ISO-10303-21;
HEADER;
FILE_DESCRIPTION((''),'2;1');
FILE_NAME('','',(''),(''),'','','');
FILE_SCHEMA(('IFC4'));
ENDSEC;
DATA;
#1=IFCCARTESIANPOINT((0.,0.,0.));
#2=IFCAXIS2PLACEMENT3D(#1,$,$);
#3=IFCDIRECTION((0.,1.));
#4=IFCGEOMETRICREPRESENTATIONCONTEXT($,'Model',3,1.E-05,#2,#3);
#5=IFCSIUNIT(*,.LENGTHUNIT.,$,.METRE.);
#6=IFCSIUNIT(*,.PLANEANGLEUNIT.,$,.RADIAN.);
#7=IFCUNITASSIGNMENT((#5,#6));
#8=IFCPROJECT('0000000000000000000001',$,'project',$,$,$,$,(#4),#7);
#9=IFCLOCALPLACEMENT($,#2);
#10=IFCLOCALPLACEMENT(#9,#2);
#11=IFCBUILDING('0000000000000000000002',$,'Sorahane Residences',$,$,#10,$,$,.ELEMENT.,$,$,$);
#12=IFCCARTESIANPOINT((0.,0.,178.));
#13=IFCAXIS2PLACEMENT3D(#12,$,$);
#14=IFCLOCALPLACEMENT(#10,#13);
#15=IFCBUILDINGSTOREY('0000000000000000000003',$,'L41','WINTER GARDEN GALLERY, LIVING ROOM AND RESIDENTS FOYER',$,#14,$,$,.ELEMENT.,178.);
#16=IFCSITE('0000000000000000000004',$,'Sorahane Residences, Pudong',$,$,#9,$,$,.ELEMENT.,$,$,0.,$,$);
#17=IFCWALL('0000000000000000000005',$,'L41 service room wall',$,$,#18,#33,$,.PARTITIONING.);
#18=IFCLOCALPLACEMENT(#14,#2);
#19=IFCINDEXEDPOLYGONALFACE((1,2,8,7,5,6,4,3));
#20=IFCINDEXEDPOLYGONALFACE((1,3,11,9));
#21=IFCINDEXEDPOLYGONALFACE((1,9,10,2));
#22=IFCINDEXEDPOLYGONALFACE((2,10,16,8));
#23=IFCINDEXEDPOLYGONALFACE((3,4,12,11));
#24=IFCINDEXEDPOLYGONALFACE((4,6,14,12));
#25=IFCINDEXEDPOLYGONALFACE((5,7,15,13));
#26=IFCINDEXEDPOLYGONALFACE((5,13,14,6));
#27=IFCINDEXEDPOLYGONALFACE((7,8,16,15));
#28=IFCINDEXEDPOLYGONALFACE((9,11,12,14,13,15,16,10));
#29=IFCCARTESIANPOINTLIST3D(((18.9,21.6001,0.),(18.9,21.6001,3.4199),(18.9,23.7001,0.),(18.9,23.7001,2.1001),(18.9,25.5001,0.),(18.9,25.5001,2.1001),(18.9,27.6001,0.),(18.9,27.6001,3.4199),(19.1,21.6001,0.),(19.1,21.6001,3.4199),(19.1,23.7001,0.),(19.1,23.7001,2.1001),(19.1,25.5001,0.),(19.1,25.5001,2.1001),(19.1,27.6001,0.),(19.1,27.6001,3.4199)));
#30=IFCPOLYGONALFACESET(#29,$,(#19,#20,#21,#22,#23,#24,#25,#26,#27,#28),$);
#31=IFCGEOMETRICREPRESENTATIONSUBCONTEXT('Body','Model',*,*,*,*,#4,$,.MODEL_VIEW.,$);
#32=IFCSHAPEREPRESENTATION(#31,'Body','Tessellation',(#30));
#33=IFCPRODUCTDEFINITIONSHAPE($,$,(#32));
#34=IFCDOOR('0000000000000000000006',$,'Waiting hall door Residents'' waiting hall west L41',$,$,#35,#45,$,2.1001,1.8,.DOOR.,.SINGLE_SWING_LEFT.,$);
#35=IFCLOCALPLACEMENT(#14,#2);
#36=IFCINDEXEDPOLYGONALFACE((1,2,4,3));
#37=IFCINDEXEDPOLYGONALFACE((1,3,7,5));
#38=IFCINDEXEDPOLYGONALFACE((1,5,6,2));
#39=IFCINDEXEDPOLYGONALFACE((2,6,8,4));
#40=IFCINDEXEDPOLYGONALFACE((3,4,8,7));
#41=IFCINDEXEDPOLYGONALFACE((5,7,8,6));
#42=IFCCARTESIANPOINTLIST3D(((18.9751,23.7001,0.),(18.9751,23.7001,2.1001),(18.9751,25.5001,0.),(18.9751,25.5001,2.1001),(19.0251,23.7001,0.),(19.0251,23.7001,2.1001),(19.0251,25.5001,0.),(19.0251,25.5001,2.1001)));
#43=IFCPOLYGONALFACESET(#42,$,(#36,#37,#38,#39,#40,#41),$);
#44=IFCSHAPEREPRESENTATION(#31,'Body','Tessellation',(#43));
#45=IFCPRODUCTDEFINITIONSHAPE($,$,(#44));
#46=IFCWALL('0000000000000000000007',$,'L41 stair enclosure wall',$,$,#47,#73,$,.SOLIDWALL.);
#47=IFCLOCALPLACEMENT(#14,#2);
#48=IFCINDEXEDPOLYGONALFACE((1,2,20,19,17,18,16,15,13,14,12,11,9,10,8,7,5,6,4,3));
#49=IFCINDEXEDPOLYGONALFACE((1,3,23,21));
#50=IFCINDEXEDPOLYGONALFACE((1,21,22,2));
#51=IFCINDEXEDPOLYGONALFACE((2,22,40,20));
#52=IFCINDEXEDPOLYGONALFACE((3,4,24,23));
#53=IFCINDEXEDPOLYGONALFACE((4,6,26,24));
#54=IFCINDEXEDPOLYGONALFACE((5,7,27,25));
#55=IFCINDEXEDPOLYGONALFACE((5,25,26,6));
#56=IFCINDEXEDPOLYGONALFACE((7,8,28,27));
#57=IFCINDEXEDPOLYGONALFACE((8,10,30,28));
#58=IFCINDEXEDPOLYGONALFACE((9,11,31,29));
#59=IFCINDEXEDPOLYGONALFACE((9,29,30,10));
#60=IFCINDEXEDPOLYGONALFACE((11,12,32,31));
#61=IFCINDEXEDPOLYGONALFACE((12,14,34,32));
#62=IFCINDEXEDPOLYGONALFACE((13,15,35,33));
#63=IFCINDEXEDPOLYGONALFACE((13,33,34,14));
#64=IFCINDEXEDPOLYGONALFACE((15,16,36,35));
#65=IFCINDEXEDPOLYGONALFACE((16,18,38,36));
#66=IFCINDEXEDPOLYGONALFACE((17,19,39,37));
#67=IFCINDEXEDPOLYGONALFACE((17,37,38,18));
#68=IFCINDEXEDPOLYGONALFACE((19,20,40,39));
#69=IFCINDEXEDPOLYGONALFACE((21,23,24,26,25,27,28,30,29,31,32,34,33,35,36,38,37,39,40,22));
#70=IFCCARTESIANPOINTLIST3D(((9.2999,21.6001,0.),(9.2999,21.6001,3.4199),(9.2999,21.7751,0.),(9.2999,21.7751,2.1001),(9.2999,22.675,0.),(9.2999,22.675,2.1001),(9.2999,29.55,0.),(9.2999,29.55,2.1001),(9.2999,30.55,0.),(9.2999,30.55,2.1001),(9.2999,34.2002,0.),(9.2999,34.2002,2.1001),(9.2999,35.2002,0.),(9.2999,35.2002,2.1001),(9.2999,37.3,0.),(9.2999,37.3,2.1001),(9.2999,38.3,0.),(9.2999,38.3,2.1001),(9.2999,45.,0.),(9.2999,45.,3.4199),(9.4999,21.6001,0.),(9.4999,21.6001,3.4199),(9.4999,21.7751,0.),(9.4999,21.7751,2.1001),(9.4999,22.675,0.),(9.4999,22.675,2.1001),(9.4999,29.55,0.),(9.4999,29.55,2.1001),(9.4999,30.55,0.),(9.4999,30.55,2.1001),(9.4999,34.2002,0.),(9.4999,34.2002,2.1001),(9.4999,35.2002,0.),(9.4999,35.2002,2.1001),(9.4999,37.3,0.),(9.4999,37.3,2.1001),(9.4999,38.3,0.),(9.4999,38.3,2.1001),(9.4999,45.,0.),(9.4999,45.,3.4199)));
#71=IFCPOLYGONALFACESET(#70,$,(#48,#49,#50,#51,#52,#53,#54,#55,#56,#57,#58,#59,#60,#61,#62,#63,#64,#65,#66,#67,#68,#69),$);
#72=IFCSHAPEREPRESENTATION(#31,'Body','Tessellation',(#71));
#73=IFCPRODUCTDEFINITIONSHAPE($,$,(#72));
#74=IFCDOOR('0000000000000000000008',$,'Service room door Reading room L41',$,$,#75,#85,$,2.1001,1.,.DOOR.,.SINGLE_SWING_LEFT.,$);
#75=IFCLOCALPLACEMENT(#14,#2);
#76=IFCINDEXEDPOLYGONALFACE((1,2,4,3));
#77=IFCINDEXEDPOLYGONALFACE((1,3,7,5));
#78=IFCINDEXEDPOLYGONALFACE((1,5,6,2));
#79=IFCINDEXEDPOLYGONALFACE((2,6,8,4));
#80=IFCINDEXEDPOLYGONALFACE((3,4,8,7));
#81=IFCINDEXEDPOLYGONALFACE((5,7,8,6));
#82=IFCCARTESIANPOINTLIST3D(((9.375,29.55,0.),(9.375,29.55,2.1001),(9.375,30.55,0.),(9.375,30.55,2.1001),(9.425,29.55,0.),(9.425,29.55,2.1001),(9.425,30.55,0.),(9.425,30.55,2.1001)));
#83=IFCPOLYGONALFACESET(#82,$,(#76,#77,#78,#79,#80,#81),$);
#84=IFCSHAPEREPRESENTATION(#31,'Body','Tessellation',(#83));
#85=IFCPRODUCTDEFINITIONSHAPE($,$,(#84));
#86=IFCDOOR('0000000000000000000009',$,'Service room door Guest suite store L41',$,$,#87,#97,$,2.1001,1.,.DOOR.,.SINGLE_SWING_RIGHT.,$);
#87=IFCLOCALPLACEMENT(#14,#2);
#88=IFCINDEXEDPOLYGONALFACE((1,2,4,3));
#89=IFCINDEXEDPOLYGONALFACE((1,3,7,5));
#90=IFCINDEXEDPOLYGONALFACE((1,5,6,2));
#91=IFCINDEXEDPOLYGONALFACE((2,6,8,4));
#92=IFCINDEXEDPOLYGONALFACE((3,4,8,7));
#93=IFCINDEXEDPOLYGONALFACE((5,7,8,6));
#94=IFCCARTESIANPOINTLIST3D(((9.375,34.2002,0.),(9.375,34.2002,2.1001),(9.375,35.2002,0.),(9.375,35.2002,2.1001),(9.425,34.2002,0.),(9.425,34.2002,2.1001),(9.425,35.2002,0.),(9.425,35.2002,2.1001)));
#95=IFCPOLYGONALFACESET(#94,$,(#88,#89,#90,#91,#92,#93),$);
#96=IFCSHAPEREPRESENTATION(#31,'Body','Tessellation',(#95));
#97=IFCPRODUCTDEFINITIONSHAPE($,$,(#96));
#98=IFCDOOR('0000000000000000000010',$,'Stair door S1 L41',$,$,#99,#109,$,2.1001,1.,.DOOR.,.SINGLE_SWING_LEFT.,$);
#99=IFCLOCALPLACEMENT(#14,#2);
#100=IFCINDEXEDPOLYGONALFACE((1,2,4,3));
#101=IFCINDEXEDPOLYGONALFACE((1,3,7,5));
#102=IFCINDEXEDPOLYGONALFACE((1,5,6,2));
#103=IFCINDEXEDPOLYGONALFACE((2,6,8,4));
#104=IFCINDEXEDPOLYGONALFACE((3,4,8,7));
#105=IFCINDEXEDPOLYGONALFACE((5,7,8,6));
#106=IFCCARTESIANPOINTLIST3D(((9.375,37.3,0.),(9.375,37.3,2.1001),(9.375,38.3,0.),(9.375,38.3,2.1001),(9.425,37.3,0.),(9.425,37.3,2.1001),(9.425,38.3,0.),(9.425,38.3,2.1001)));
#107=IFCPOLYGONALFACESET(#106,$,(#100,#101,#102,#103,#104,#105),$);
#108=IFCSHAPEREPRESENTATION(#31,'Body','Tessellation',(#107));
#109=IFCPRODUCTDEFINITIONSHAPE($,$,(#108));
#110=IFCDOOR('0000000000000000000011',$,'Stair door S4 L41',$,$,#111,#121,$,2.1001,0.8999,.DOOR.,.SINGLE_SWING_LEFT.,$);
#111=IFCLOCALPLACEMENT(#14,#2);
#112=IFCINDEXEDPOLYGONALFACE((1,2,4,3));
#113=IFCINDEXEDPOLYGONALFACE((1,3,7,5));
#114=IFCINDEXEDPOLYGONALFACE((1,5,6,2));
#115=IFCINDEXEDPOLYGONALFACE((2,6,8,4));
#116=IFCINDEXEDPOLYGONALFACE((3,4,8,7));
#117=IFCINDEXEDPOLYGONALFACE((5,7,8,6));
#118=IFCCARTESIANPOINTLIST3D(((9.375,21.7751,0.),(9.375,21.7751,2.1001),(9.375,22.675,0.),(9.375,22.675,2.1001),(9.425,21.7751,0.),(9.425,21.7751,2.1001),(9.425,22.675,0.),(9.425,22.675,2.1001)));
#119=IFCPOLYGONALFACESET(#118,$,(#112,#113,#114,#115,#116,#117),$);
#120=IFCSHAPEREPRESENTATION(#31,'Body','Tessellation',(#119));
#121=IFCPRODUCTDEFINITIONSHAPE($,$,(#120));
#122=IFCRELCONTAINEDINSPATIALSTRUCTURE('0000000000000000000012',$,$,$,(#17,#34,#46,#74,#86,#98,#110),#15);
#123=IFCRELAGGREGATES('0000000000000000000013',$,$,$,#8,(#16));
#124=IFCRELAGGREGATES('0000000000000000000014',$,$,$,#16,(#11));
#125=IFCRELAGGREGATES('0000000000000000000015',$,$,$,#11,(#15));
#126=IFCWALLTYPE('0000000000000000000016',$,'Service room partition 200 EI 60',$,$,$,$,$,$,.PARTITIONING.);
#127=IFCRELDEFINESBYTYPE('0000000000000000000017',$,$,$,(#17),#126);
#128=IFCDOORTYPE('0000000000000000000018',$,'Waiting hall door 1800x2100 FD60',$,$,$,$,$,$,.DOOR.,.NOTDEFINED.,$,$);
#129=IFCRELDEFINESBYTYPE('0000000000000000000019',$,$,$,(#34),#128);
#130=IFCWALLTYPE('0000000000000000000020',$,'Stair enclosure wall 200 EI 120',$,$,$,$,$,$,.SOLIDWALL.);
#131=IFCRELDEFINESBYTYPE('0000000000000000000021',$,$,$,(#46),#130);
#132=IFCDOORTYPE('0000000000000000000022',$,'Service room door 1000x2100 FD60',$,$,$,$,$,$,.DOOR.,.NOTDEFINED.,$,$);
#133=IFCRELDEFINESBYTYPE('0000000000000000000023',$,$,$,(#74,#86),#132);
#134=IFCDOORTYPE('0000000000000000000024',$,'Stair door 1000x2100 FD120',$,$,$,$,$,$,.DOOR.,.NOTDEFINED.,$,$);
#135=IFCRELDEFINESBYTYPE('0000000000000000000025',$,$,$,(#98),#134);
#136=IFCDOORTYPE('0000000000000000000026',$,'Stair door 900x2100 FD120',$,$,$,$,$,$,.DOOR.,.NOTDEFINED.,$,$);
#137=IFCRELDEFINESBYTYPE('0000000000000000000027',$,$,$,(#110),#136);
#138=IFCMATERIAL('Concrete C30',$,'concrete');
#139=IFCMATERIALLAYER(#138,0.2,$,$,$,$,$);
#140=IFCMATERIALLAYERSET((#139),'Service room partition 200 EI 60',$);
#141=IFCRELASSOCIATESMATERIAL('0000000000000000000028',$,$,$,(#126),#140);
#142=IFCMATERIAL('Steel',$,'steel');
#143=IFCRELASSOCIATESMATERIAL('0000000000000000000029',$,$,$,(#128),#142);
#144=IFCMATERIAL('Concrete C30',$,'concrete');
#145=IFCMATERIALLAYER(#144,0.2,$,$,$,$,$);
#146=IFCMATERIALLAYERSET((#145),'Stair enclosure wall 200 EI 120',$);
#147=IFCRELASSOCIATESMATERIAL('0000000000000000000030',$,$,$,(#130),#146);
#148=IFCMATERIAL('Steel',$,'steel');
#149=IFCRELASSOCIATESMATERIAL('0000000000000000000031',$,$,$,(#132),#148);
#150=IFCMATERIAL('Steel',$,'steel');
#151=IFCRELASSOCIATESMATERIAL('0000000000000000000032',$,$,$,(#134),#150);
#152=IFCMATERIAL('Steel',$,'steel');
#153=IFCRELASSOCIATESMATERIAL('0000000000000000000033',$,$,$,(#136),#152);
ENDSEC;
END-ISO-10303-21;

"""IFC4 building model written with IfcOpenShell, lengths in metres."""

from ifc_helpers import new_model, si_unit, direction, frame, frame_2d, origin, place, context, subcontext, project, spatial, rectangle, extrude, material, layer, layer_set, type_object, element, fill, save


model = new_model("IFC4")

# Units and contexts
model_context = context("Model", 3, precision=1e-05, world=origin(), true_north=direction((0.0, 1.0)))
body_context = subcontext(model_context, "Body", "Model", "MODEL_VIEW")
ifc_project = project(units=[si_unit("LENGTHUNIT", "METRE"), si_unit("PLANEANGLEUNIT", "RADIAN")], contexts=[model_context])

# Site, building, storey
site_placement = place(None, origin())
site = spatial("IfcSite", under=ifc_project, at=site_placement, Name="Sorahane Residences, Pudong", CompositionType="ELEMENT", RefElevation=0.0)
building_placement = place(site_placement, origin())
building = spatial("IfcBuilding", under=site, at=building_placement, Name="Sorahane Residences", CompositionType="ELEMENT")
storey_placement = place(building_placement, frame((0.0, 0.0, 178.0)))
storey = spatial("IfcBuildingStorey", under=building, at=storey_placement, Name="L41", Description="WINTER GARDEN GALLERY, LIVING ROOM AND RESIDENTS FOYER", CompositionType="ELEMENT", Elevation=178.0)

# Wall, opening, door
ifc_material_1 = material(Name="Concrete C30", Category="concrete")
ifc_layer_1 = layer(ifc_material_1, 0.2)
ifc_layer_set_1 = layer_set([ifc_layer_1], Name="Service room partition 200 EI 60")
wall_type_1 = type_object("IfcWallType", Name="Service room partition 200 EI 60", PredefinedType="PARTITIONING", material=ifc_layer_set_1)
wall_1_placement = place(storey_placement, frame((19.0, 21.6001, 0.0), z_axis=(0.0, 0.0, 1.0), x_axis=(0.0, 1.0, 0.0)))
wall_1 = element("IfcWall", 1, at=wall_1_placement, inside=storey, type_object=wall_type_1, Name="L41 service room wall", PredefinedType="PARTITIONING", context=body_context, shape_type="SweptSolid", body=[
    extrude(rectangle(XDim=6.0, YDim=0.2, at=frame_2d((3.0, 0.0))), origin(), (0.0, 0.0, 1.0), 3.4199),
])
opening_1_placement = place(wall_1_placement, frame((2.1001, 0.0, 0.0)))
opening_1 = element("IfcOpeningElement", 2, at=opening_1_placement, cuts=wall_1, PredefinedType="OPENING", context=body_context, shape_type="SweptSolid", body=[
    extrude(rectangle(XDim=1.8, YDim=2.1001, at=frame_2d((0.8999, 1.05))), frame((0.0, 0.1099, 0.0), z_axis=(0.0, -1.0, 0.0), x_axis=(1.0, 0.0, 0.0)), (0.0, 0.0, 1.0), 0.22),
])
ifc_material_2 = material(Name="Steel", Category="steel")
door_type_1 = type_object("IfcDoorType", Name="Waiting hall door 1800x2100 FD60", OperationType="NOTDEFINED", PredefinedType="DOOR", material=ifc_material_2)
door_1_placement = place(opening_1_placement, origin())
door_1 = element("IfcDoor", 3, at=door_1_placement, inside=storey, type_object=door_type_1, Name="Waiting hall door Residents' waiting hall west L41", OperationType="SINGLE_SWING_LEFT", OverallHeight=2.1001, OverallWidth=1.8, PredefinedType="DOOR", context=body_context, shape_type="SweptSolid", body=[
    extrude(rectangle(XDim=1.8, YDim=2.1001, at=frame_2d((0.8999, 1.05))), frame((0.0, 0.0249, 0.0), z_axis=(0.0, -1.0, 0.0), x_axis=(1.0, 0.0, 0.0)), (0.0, 0.0, 1.0), 0.05),
])
fill(opening_1, door_1)

# Wall, openings, doors
ifc_material_3 = material(Name="Concrete C30", Category="concrete")
ifc_layer_2 = layer(ifc_material_3, 0.2)
ifc_layer_set_2 = layer_set([ifc_layer_2], Name="Stair enclosure wall 200 EI 120")
wall_type_2 = type_object("IfcWallType", Name="Stair enclosure wall 200 EI 120", PredefinedType="SOLIDWALL", material=ifc_layer_set_2)
wall_2_placement = place(storey_placement, frame((9.3999, 21.6001, 0.0), z_axis=(0.0, 0.0, 1.0), x_axis=(0.0, 1.0, 0.0)))
wall_2 = element("IfcWall", 4, at=wall_2_placement, inside=storey, type_object=wall_type_2, Name="L41 stair enclosure wall", PredefinedType="SOLIDWALL", context=body_context, shape_type="SweptSolid", body=[
    extrude(rectangle(XDim=23.3999, YDim=0.2, at=frame_2d((11.7, 0.0))), origin(), (0.0, 0.0, 1.0), 3.4199),
])
opening_2_placement = place(wall_2_placement, frame((7.95, 0.0, 0.0)))
opening_2 = element("IfcOpeningElement", 5, at=opening_2_placement, cuts=wall_2, PredefinedType="OPENING", context=body_context, shape_type="SweptSolid", body=[
    extrude(rectangle(XDim=1.0, YDim=2.1001, at=frame_2d((0.5, 1.05))), frame((0.0, 0.1099, 0.0), z_axis=(0.0, -1.0, 0.0), x_axis=(1.0, 0.0, 0.0)), (0.0, 0.0, 1.0), 0.22),
])
opening_3_placement = place(wall_2_placement, frame((12.6001, 0.0, 0.0)))
opening_3 = element("IfcOpeningElement", 6, at=opening_3_placement, cuts=wall_2, PredefinedType="OPENING", context=body_context, shape_type="SweptSolid", body=[
    extrude(rectangle(XDim=1.0, YDim=2.1001, at=frame_2d((0.5, 1.05))), frame((0.0, 0.1099, 0.0), z_axis=(0.0, -1.0, 0.0), x_axis=(1.0, 0.0, 0.0)), (0.0, 0.0, 1.0), 0.22),
])
opening_4_placement = place(wall_2_placement, frame((15.7, 0.0, 0.0)))
opening_4 = element("IfcOpeningElement", 7, at=opening_4_placement, cuts=wall_2, PredefinedType="OPENING", context=body_context, shape_type="SweptSolid", body=[
    extrude(rectangle(XDim=1.0, YDim=2.1001, at=frame_2d((0.5, 1.05))), frame((0.0, 0.1099, 0.0), z_axis=(0.0, -1.0, 0.0), x_axis=(1.0, 0.0, 0.0)), (0.0, 0.0, 1.0), 0.22),
])
opening_5_placement = place(wall_2_placement, frame((0.175, 0.0, 0.0)))
opening_5 = element("IfcOpeningElement", 8, at=opening_5_placement, cuts=wall_2, PredefinedType="OPENING", context=body_context, shape_type="SweptSolid", body=[
    extrude(rectangle(XDim=0.8999, YDim=2.1001, at=frame_2d((0.45, 1.05))), frame((0.0, 0.1099, 0.0), z_axis=(0.0, -1.0, 0.0), x_axis=(1.0, 0.0, 0.0)), (0.0, 0.0, 1.0), 0.22),
])
ifc_material_4 = material(Name="Steel", Category="steel")
door_type_2 = type_object("IfcDoorType", Name="Service room door 1000x2100 FD60", OperationType="NOTDEFINED", PredefinedType="DOOR", material=ifc_material_4)
door_2_placement = place(opening_2_placement, origin())
door_2 = element("IfcDoor", 9, at=door_2_placement, inside=storey, type_object=door_type_2, Name="Service room door Reading room L41", OperationType="SINGLE_SWING_LEFT", OverallHeight=2.1001, OverallWidth=1.0, PredefinedType="DOOR", context=body_context, shape_type="SweptSolid", body=[
    extrude(rectangle(XDim=1.0, YDim=2.1001, at=frame_2d((0.5, 1.05))), frame((0.0, 0.0249, 0.0), z_axis=(0.0, -1.0, 0.0), x_axis=(1.0, 0.0, 0.0)), (0.0, 0.0, 1.0), 0.05),
])
fill(opening_2, door_2)
door_3_placement = place(opening_3_placement, origin())
door_3 = element("IfcDoor", 10, at=door_3_placement, inside=storey, type_object=door_type_2, Name="Service room door Guest suite store L41", OperationType="SINGLE_SWING_RIGHT", OverallHeight=2.1001, OverallWidth=1.0, PredefinedType="DOOR", context=body_context, shape_type="SweptSolid", body=[
    extrude(rectangle(XDim=1.0, YDim=2.1001, at=frame_2d((0.5, 1.05))), frame((0.0, 0.0249, 0.0), z_axis=(0.0, -1.0, 0.0), x_axis=(1.0, 0.0, 0.0)), (0.0, 0.0, 1.0), 0.05),
])
fill(opening_3, door_3)
ifc_material_5 = material(Name="Steel", Category="steel")
door_type_3 = type_object("IfcDoorType", Name="Stair door 1000x2100 FD120", OperationType="NOTDEFINED", PredefinedType="DOOR", material=ifc_material_5)
door_4_placement = place(opening_4_placement, origin())
door_4 = element("IfcDoor", 11, at=door_4_placement, inside=storey, type_object=door_type_3, Name="Stair door S1 L41", OperationType="SINGLE_SWING_LEFT", OverallHeight=2.1001, OverallWidth=1.0, PredefinedType="DOOR", context=body_context, shape_type="SweptSolid", body=[
    extrude(rectangle(XDim=1.0, YDim=2.1001, at=frame_2d((0.5, 1.05))), frame((0.0, 0.0249, 0.0), z_axis=(0.0, -1.0, 0.0), x_axis=(1.0, 0.0, 0.0)), (0.0, 0.0, 1.0), 0.05),
])
fill(opening_4, door_4)
ifc_material_6 = material(Name="Steel", Category="steel")
door_type_4 = type_object("IfcDoorType", Name="Stair door 900x2100 FD120", OperationType="NOTDEFINED", PredefinedType="DOOR", material=ifc_material_6)
door_5_placement = place(opening_5_placement, origin())
door_5 = element("IfcDoor", 12, at=door_5_placement, inside=storey, type_object=door_type_4, Name="Stair door S4 L41", OperationType="SINGLE_SWING_LEFT", OverallHeight=2.1001, OverallWidth=0.8999, PredefinedType="DOOR", context=body_context, shape_type="SweptSolid", body=[
    extrude(rectangle(XDim=0.8999, YDim=2.1001, at=frame_2d((0.45, 1.05))), frame((0.0, 0.0249, 0.0), z_axis=(0.0, -1.0, 0.0), x_axis=(1.0, 0.0, 0.0)), (0.0, 0.0, 1.0), 0.05),
])
fill(opening_5, door_5)

save(model, "model.ifc")
